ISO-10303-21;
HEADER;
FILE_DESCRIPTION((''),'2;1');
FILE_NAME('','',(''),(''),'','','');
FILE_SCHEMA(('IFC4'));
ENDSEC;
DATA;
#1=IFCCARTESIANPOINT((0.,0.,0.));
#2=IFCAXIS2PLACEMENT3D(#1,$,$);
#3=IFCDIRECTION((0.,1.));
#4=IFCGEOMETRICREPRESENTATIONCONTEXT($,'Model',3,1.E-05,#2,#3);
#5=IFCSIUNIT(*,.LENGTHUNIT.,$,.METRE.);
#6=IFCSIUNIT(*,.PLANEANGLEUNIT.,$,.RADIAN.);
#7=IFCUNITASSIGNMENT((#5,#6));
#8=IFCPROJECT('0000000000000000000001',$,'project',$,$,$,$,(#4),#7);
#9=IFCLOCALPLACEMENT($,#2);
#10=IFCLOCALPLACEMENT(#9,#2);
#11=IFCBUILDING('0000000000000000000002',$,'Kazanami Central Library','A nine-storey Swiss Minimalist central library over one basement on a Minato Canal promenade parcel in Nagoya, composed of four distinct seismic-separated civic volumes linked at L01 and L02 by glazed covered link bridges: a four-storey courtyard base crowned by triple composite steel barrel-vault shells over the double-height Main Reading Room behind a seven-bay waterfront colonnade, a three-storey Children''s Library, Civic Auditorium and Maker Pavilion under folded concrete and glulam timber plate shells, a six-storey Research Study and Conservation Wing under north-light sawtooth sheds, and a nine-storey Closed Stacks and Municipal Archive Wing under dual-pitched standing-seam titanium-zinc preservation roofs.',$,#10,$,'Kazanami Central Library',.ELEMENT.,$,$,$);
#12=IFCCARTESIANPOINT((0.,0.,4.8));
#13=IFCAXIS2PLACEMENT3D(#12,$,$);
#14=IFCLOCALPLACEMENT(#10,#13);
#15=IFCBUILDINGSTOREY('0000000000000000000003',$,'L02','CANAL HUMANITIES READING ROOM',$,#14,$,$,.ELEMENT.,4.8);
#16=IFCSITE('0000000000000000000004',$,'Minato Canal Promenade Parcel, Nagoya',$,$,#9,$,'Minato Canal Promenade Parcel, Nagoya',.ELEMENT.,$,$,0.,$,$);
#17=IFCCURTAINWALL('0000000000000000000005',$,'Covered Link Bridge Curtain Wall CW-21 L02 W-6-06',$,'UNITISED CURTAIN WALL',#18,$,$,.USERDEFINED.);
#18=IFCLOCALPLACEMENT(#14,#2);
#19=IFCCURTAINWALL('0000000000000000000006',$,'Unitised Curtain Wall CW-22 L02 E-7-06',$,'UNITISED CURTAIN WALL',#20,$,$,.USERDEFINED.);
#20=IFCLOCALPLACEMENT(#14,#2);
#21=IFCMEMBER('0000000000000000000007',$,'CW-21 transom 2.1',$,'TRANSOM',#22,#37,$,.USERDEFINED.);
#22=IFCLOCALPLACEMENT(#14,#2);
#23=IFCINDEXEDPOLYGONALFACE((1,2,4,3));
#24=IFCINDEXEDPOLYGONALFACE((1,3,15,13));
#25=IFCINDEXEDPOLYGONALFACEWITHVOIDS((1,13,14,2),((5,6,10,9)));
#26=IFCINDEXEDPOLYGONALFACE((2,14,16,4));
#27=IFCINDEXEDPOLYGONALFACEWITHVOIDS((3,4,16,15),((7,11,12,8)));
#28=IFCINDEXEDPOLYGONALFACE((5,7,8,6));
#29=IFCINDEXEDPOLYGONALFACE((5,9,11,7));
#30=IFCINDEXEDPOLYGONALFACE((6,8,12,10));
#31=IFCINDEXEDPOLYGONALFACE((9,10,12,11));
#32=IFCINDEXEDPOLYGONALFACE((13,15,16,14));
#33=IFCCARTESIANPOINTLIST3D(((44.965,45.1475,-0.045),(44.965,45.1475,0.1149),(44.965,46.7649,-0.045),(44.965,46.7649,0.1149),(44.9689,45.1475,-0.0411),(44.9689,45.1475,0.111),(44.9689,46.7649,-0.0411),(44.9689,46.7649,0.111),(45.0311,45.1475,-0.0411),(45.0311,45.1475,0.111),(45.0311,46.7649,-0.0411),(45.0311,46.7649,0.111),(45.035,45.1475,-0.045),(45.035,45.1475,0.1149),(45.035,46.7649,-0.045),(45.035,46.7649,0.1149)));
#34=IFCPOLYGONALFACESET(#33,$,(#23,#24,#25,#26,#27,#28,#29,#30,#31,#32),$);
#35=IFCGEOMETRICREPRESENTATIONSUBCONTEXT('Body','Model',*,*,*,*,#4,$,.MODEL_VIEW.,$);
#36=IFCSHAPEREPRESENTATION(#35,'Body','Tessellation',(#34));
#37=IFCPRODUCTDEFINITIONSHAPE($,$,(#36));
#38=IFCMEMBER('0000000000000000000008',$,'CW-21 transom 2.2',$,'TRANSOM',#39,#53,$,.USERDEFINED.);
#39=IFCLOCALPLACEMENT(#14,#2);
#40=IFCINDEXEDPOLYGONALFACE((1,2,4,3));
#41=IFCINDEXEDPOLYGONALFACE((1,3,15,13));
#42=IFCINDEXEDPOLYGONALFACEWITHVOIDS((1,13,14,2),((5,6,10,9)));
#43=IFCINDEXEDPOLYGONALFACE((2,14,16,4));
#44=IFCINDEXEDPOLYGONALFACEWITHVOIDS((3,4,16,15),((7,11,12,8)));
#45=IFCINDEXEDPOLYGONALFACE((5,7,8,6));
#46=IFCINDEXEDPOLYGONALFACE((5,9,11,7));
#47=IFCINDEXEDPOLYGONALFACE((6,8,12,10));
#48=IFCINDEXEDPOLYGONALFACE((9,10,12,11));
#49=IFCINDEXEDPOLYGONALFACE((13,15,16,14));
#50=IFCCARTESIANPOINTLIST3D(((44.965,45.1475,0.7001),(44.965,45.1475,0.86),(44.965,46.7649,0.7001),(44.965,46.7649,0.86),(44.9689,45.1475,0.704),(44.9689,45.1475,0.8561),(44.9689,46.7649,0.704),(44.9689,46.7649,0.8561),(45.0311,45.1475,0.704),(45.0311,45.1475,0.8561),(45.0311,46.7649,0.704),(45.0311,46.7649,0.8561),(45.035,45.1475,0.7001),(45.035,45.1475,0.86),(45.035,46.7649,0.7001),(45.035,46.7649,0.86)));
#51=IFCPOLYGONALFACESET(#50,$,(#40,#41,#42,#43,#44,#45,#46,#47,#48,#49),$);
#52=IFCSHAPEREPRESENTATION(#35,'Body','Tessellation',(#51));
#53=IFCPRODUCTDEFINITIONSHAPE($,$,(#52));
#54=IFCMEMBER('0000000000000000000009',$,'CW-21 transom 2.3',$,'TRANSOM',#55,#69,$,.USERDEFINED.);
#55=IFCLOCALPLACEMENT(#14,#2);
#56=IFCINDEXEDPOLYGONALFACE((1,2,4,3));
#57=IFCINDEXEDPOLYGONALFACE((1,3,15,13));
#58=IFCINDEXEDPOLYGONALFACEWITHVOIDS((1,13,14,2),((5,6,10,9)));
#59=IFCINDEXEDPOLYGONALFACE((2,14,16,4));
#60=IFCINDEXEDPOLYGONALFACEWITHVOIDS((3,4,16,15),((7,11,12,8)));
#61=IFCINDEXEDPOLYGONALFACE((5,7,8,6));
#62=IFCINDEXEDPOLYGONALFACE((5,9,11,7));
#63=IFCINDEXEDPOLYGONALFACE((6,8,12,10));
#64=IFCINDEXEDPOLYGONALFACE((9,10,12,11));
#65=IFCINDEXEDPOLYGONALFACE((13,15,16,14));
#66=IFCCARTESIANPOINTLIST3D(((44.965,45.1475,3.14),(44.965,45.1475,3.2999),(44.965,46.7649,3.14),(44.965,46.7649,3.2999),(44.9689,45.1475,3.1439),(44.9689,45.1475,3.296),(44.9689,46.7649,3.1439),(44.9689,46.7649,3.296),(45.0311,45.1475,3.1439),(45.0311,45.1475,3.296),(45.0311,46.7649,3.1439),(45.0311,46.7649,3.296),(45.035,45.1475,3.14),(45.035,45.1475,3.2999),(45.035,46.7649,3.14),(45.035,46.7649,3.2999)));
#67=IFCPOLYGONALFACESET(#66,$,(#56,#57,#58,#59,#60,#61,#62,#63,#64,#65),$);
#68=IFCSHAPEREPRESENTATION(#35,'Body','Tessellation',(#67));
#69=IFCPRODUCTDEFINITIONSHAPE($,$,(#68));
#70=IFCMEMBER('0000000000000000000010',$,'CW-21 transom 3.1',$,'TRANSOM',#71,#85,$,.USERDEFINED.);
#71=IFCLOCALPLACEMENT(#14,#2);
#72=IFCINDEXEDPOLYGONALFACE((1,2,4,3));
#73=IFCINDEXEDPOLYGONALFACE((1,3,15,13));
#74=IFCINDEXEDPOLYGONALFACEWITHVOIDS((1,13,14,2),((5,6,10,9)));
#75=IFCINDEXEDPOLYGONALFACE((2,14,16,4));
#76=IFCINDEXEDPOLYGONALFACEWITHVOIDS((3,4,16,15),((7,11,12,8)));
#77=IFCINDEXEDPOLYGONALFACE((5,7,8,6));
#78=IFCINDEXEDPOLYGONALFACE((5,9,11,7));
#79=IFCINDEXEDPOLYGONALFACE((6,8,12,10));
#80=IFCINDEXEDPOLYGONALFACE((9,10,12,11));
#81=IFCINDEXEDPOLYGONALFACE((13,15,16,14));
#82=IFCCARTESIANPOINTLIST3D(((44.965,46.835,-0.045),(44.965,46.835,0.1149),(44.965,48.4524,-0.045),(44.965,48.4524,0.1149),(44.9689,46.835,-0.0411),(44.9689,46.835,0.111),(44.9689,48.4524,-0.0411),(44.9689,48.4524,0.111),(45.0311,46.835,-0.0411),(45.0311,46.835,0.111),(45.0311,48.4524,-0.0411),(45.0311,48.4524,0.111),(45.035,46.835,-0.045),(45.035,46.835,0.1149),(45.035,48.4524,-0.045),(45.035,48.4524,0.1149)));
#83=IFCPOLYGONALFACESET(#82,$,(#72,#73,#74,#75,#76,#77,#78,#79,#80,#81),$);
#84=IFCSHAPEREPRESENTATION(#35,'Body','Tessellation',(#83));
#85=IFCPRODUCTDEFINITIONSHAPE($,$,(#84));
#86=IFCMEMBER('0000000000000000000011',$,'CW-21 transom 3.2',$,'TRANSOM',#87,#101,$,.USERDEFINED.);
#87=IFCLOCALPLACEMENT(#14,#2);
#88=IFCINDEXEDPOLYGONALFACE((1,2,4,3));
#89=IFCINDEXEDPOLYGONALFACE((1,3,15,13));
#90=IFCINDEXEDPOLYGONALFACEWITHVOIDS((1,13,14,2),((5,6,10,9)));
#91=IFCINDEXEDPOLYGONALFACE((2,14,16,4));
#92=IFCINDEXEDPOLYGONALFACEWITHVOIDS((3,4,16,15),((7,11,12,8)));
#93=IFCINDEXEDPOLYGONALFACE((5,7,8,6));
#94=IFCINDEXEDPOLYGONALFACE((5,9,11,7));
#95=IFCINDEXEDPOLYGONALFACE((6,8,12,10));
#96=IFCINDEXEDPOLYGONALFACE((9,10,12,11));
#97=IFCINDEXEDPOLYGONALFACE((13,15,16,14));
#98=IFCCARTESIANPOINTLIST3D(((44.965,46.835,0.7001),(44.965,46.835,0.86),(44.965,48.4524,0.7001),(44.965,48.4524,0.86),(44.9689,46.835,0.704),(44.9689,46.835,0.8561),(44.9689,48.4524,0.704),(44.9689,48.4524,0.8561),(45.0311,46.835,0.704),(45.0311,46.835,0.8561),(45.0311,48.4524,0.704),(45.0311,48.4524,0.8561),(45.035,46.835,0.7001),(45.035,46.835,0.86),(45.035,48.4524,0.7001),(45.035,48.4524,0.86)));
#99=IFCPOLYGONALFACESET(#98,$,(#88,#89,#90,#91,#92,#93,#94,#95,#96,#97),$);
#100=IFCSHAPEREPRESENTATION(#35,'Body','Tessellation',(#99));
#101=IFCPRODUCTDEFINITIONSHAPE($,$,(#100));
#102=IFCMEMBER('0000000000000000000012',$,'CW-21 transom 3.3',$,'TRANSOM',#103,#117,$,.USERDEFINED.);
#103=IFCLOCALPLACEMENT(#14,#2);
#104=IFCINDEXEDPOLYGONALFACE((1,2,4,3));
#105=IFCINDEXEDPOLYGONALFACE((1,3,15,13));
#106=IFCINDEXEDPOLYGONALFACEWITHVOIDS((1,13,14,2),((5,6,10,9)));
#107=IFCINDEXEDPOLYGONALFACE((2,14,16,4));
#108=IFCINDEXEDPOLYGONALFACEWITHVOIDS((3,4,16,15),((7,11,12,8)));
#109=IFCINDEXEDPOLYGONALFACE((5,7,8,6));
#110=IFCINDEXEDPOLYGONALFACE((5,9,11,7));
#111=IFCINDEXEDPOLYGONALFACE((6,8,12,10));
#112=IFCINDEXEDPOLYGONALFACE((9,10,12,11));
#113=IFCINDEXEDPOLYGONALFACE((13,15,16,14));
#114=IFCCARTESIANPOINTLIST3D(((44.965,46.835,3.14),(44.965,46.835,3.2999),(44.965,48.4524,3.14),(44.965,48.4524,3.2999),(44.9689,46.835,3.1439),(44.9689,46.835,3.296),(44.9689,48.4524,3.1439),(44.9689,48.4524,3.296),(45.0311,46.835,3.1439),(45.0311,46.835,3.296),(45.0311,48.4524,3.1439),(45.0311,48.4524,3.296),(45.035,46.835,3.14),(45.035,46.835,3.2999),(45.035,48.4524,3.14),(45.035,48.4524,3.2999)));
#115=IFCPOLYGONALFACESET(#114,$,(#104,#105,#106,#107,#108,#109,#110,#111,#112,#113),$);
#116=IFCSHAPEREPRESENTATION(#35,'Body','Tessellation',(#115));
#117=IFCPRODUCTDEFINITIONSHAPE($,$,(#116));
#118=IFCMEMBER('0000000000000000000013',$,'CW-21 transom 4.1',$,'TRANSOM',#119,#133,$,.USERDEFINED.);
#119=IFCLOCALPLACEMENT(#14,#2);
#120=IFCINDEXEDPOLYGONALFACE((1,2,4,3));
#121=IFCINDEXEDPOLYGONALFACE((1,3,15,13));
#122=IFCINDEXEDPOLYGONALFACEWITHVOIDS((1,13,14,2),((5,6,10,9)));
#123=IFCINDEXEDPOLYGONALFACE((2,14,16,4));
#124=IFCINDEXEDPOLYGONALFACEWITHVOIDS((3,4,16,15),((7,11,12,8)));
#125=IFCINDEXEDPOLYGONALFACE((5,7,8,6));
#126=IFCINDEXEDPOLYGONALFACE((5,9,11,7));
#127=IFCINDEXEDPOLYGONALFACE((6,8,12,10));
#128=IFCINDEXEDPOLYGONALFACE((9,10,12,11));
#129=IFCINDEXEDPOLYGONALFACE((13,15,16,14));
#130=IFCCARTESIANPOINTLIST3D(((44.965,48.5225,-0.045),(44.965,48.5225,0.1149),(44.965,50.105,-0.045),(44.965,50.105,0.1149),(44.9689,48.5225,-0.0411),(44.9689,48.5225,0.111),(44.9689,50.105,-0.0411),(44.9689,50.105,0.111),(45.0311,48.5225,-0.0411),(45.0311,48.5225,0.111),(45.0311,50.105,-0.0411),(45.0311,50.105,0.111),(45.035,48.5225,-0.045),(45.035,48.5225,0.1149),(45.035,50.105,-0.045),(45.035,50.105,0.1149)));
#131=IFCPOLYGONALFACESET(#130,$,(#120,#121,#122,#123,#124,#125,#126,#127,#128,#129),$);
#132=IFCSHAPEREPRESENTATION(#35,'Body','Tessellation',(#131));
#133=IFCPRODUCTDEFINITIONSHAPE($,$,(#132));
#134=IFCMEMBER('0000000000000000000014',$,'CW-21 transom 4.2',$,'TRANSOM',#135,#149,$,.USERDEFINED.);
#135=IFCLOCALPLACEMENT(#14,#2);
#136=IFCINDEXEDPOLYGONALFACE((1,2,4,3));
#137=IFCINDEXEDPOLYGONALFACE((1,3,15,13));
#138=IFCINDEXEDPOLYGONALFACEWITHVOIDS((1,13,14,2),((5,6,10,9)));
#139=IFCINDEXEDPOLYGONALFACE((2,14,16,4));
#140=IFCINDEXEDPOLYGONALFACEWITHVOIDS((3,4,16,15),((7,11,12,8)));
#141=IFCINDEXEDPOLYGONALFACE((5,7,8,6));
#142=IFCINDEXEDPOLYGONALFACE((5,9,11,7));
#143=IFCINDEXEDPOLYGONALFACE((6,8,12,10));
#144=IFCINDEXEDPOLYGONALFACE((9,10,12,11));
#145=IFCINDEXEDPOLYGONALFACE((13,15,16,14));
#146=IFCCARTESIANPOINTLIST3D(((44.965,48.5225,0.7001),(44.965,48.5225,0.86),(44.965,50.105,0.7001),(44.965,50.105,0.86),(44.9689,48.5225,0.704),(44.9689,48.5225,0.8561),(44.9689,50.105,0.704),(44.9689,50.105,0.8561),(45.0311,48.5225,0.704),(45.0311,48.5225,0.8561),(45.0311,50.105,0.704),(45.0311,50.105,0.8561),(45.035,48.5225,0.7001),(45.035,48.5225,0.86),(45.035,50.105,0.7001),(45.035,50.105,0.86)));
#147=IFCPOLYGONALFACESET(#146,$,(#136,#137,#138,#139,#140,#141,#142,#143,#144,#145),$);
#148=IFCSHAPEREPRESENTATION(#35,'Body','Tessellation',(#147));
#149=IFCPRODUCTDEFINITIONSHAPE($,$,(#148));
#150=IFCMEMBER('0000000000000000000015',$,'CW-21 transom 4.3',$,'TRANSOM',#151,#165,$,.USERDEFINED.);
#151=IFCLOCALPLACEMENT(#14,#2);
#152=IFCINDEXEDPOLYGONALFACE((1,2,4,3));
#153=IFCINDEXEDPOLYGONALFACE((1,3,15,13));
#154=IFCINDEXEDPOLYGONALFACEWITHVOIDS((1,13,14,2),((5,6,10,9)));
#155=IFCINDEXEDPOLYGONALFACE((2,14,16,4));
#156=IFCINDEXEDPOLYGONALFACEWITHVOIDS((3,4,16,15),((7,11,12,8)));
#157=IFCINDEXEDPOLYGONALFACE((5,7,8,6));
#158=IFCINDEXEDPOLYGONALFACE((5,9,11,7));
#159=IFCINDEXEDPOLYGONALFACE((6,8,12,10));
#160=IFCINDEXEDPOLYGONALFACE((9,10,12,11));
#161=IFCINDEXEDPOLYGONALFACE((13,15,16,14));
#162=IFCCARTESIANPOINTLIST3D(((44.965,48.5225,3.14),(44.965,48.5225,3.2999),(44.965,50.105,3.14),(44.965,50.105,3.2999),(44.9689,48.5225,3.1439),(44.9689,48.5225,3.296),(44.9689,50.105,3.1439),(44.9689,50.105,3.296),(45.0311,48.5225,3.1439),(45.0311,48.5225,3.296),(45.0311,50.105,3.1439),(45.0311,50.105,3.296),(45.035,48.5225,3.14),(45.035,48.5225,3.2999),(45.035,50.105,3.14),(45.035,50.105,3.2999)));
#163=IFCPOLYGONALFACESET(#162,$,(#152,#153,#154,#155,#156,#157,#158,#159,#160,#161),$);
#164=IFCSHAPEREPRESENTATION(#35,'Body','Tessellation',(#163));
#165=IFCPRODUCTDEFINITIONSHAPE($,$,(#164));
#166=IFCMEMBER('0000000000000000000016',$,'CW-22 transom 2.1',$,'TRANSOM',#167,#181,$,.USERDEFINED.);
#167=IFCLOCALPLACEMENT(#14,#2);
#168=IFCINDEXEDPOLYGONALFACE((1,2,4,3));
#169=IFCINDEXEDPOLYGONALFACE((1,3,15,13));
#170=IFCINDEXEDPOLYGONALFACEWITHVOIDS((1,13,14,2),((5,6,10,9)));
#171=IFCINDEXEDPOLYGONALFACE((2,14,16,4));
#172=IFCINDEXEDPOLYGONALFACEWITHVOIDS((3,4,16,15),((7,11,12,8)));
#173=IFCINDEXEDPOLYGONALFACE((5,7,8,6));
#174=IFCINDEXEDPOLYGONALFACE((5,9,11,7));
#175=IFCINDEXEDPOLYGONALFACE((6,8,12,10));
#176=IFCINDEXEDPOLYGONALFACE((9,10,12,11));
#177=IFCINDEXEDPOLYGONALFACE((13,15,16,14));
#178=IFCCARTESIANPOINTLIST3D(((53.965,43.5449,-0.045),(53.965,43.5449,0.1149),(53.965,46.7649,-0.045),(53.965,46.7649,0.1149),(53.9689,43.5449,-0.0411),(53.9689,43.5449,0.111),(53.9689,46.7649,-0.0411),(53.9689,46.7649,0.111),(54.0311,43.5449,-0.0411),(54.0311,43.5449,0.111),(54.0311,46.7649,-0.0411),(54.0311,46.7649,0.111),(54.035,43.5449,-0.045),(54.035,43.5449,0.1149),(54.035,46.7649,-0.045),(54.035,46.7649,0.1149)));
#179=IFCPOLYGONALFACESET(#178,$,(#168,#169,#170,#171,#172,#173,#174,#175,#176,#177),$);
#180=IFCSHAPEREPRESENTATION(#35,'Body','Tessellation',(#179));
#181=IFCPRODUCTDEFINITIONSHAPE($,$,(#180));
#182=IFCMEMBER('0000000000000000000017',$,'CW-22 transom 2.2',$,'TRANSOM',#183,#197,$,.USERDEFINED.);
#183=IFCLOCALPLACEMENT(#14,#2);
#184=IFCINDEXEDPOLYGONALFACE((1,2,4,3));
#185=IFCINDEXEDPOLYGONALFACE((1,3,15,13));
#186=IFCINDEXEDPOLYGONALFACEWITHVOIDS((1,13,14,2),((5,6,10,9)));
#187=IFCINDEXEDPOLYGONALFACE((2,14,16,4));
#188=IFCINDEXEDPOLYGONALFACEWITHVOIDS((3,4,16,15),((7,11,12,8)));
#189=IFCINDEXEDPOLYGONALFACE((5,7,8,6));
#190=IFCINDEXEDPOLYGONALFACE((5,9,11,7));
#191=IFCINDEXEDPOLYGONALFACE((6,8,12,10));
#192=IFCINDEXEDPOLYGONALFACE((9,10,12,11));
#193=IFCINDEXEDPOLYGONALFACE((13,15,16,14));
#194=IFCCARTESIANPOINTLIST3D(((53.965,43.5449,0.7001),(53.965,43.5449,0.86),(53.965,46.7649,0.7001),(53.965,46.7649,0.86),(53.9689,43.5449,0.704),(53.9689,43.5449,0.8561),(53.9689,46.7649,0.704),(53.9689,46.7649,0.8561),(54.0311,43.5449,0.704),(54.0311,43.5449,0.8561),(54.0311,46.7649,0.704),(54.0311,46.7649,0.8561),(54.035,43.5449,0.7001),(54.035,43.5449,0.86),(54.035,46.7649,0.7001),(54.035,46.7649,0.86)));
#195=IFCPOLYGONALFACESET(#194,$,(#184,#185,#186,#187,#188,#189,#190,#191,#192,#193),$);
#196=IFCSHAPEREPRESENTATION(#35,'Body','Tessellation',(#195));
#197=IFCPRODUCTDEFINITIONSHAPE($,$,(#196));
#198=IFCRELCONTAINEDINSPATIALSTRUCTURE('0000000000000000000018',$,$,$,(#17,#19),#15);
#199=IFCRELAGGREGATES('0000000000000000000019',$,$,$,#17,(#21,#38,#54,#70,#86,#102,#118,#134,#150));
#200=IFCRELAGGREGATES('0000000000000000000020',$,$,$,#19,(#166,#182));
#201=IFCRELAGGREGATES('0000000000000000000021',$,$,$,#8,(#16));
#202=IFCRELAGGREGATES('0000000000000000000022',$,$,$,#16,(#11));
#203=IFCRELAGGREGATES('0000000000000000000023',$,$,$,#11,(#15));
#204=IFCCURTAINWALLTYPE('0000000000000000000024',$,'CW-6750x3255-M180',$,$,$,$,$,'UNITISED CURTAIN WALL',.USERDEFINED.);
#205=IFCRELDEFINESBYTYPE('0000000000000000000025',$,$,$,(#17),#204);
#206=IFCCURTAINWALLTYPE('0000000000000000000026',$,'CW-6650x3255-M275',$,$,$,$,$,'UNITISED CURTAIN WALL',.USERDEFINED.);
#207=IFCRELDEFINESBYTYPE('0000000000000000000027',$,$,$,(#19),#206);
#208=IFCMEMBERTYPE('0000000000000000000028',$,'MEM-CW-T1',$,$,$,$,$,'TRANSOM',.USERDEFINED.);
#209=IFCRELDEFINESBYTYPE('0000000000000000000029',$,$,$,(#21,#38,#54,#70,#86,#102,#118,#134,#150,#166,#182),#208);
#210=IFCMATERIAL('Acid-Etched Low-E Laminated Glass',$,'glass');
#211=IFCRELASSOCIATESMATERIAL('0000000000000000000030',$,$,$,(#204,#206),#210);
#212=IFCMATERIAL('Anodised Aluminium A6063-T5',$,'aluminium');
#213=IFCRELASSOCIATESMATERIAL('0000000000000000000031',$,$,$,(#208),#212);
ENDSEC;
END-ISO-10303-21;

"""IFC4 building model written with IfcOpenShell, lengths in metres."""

from ifc_helpers import new_model, si_unit, direction, frame, origin, origin_2d, place, context, subcontext, project, spatial, hollow_rectangle, extrude, material, material_profile, profile_set, type_object, element, aggregate, save


model = new_model("IFC4")

# Units and contexts
model_context = context("Model", 3, precision=1e-05, world=origin(), true_north=direction((0.0, 1.0)))
body_context = subcontext(model_context, "Body", "Model", "MODEL_VIEW")
ifc_project = project(units=[si_unit("LENGTHUNIT", "METRE"), si_unit("PLANEANGLEUNIT", "RADIAN")], contexts=[model_context])

# Site, building, storey
site_placement = place(None, origin())
site = spatial("IfcSite", under=ifc_project, at=site_placement, Name="Minato Canal Promenade Parcel, Nagoya", LongName="Minato Canal Promenade Parcel, Nagoya", CompositionType="ELEMENT", RefElevation=0.0)
building_placement = place(site_placement, origin())
building = spatial("IfcBuilding", under=site, at=building_placement, Name="Kazanami Central Library", Description="A nine-storey Swiss Minimalist central library over one basement on a Minato Canal promenade parcel in Nagoya, composed of four distinct seismic-separated civic volumes linked at L01 and L02 by glazed covered link bridges: a four-storey courtyard base crowned by triple composite steel barrel-vault shells over the double-height Main Reading Room behind a seven-bay waterfront colonnade, a three-storey Children's Library, Civic Auditorium and Maker Pavilion under folded concrete and glulam timber plate shells, a six-storey Research Study and Conservation Wing under north-light sawtooth sheds, and a nine-storey Closed Stacks and Municipal Archive Wing under dual-pitched standing-seam titanium-zinc preservation roofs.", LongName="Kazanami Central Library", CompositionType="ELEMENT")
storey_placement = place(building_placement, frame((0.0, 0.0, 4.8)))
storey = spatial("IfcBuildingStorey", under=building, at=storey_placement, Name="L02", Description="CANAL HUMANITIES READING ROOM", CompositionType="ELEMENT", Elevation=4.8)

# Curtain walls
ifc_material_1 = material(Name="Acid-Etched Low-E Laminated Glass", Category="glass")
curtain_wall_type_1 = type_object("IfcCurtainWallType", Name="CW-6750x3255-M180", ElementType="UNITISED CURTAIN WALL", PredefinedType="USERDEFINED", material=ifc_material_1)
curtain_wall_1_placement = place(storey_placement, origin())
curtain_wall_1 = element("IfcCurtainWall", 1, at=curtain_wall_1_placement, inside=storey, type_object=curtain_wall_type_1, Name="Covered Link Bridge Curtain Wall CW-21 L02 W-6-06", ObjectType="UNITISED CURTAIN WALL", PredefinedType="USERDEFINED")
ifc_material_2 = material(Name="Anodised Aluminium A6063-T5", Category="aluminium")
curtain_wall_type_2 = type_object("IfcCurtainWallType", Name="CW-6650x3255-M275", ElementType="UNITISED CURTAIN WALL", PredefinedType="USERDEFINED", material=ifc_material_1)
curtain_wall_2_placement = place(storey_placement, origin())
curtain_wall_2 = element("IfcCurtainWall", 2, at=curtain_wall_2_placement, inside=storey, type_object=curtain_wall_type_2, Name="Unitised Curtain Wall CW-22 L02 E-7-06", ObjectType="UNITISED CURTAIN WALL", PredefinedType="USERDEFINED")

# Members
ifc_material_profile_1 = material_profile(ifc_material_2, hollow_rectangle(XDim=0.0701, YDim=0.1599, WallThickness=0.0039, at=origin_2d()), Name="ALU-TRAN-70x160x4")
ifc_profile_set_1 = profile_set([ifc_material_profile_1], Name="Anodised Aluminium A6063-T5")
member_type_1 = type_object("IfcMemberType", Name="MEM-CW-T1", ElementType="TRANSOM", PredefinedType="USERDEFINED", material=ifc_profile_set_1)
member_1_placement = place(storey_placement, frame((45.0, 45.1475, 0.0349), z_axis=(0.0, 1.0, 0.0), x_axis=(-1.0, 0.0, 0.0)))
member_1 = element("IfcMember", 3, at=member_1_placement, type_object=member_type_1, Name="CW-21 transom 2.1", ObjectType="TRANSOM", PredefinedType="USERDEFINED", context=body_context, shape_type="SweptSolid", body=[
    extrude(hollow_rectangle(XDim=0.0701, YDim=0.1599, WallThickness=0.0039, at=origin_2d()), origin(), (0.0, 0.0, 1.0), 1.6174),
])
member_2_placement = place(storey_placement, frame((45.0, 45.1475, 0.78), z_axis=(0.0, 1.0, 0.0), x_axis=(-1.0, 0.0, 0.0)))
member_2 = element("IfcMember", 4, at=member_2_placement, type_object=member_type_1, Name="CW-21 transom 2.2", ObjectType="TRANSOM", PredefinedType="USERDEFINED", context=body_context, shape_type="SweptSolid", body=[
    extrude(hollow_rectangle(XDim=0.0701, YDim=0.1599, WallThickness=0.0039, at=origin_2d()), origin(), (0.0, 0.0, 1.0), 1.6174),
])
member_3_placement = place(storey_placement, frame((45.0, 45.1475, 3.22), z_axis=(0.0, 1.0, 0.0), x_axis=(-1.0, 0.0, 0.0)))
member_3 = element("IfcMember", 5, at=member_3_placement, type_object=member_type_1, Name="CW-21 transom 2.3", ObjectType="TRANSOM", PredefinedType="USERDEFINED", context=body_context, shape_type="SweptSolid", body=[
    extrude(hollow_rectangle(XDim=0.0701, YDim=0.1599, WallThickness=0.0039, at=origin_2d()), origin(), (0.0, 0.0, 1.0), 1.6174),
])
member_4_placement = place(storey_placement, frame((45.0, 46.835, 0.0349), z_axis=(0.0, 1.0, 0.0), x_axis=(-1.0, 0.0, 0.0)))
member_4 = element("IfcMember", 6, at=member_4_placement, type_object=member_type_1, Name="CW-21 transom 3.1", ObjectType="TRANSOM", PredefinedType="USERDEFINED", context=body_context, shape_type="SweptSolid", body=[
    extrude(hollow_rectangle(XDim=0.0701, YDim=0.1599, WallThickness=0.0039, at=origin_2d()), origin(), (0.0, 0.0, 1.0), 1.6174),
])
member_5_placement = place(storey_placement, frame((45.0, 46.835, 0.78), z_axis=(0.0, 1.0, 0.0), x_axis=(-1.0, 0.0, 0.0)))
member_5 = element("IfcMember", 7, at=member_5_placement, type_object=member_type_1, Name="CW-21 transom 3.2", ObjectType="TRANSOM", PredefinedType="USERDEFINED", context=body_context, shape_type="SweptSolid", body=[
    extrude(hollow_rectangle(XDim=0.0701, YDim=0.1599, WallThickness=0.0039, at=origin_2d()), origin(), (0.0, 0.0, 1.0), 1.6174),
])
member_6_placement = place(storey_placement, frame((45.0, 46.835, 3.22), z_axis=(0.0, 1.0, 0.0), x_axis=(-1.0, 0.0, 0.0)))
member_6 = element("IfcMember", 8, at=member_6_placement, type_object=member_type_1, Name="CW-21 transom 3.3", ObjectType="TRANSOM", PredefinedType="USERDEFINED", context=body_context, shape_type="SweptSolid", body=[
    extrude(hollow_rectangle(XDim=0.0701, YDim=0.1599, WallThickness=0.0039, at=origin_2d()), origin(), (0.0, 0.0, 1.0), 1.6174),
])
member_7_placement = place(storey_placement, frame((45.0, 48.5225, 0.0349), z_axis=(0.0, 1.0, 0.0), x_axis=(-1.0, 0.0, 0.0)))
member_7 = element("IfcMember", 9, at=member_7_placement, type_object=member_type_1, Name="CW-21 transom 4.1", ObjectType="TRANSOM", PredefinedType="USERDEFINED", context=body_context, shape_type="SweptSolid", body=[
    extrude(hollow_rectangle(XDim=0.0701, YDim=0.1599, WallThickness=0.0039, at=origin_2d()), origin(), (0.0, 0.0, 1.0), 1.5825),
])
member_8_placement = place(storey_placement, frame((45.0, 48.5225, 0.78), z_axis=(0.0, 1.0, 0.0), x_axis=(-1.0, 0.0, 0.0)))
member_8 = element("IfcMember", 10, at=member_8_placement, type_object=member_type_1, Name="CW-21 transom 4.2", ObjectType="TRANSOM", PredefinedType="USERDEFINED", context=body_context, shape_type="SweptSolid", body=[
    extrude(hollow_rectangle(XDim=0.0701, YDim=0.1599, WallThickness=0.0039, at=origin_2d()), origin(), (0.0, 0.0, 1.0), 1.5825),
])
member_9_placement = place(storey_placement, frame((45.0, 48.5225, 3.22), z_axis=(0.0, 1.0, 0.0), x_axis=(-1.0, 0.0, 0.0)))
member_9 = element("IfcMember", 11, at=member_9_placement, type_object=member_type_1, Name="CW-21 transom 4.3", ObjectType="TRANSOM", PredefinedType="USERDEFINED", context=body_context, shape_type="SweptSolid", body=[
    extrude(hollow_rectangle(XDim=0.0701, YDim=0.1599, WallThickness=0.0039, at=origin_2d()), origin(), (0.0, 0.0, 1.0), 1.5825),
])
member_10_placement = place(storey_placement, frame((54.0, 46.7649, 0.0349), z_axis=(0.0, -1.0, 0.0), x_axis=(1.0, 0.0, 0.0)))
member_10 = element("IfcMember", 12, at=member_10_placement, type_object=member_type_1, Name="CW-22 transom 2.1", ObjectType="TRANSOM", PredefinedType="USERDEFINED", context=body_context, shape_type="SweptSolid", body=[
    extrude(hollow_rectangle(XDim=0.0701, YDim=0.1599, WallThickness=0.0039, at=origin_2d()), origin(), (0.0, 0.0, 1.0), 3.22),
])
member_11_placement = place(storey_placement, frame((54.0, 46.7649, 0.78), z_axis=(0.0, -1.0, 0.0), x_axis=(1.0, 0.0, 0.0)))
member_11 = element("IfcMember", 13, at=member_11_placement, type_object=member_type_1, Name="CW-22 transom 2.2", ObjectType="TRANSOM", PredefinedType="USERDEFINED", context=body_context, shape_type="SweptSolid", body=[
    extrude(hollow_rectangle(XDim=0.0701, YDim=0.1599, WallThickness=0.0039, at=origin_2d()), origin(), (0.0, 0.0, 1.0), 3.22),
])

aggregate(curtain_wall_1, [member_1, member_2, member_3, member_4, member_5, member_6, member_7, member_8, member_9])
aggregate(curtain_wall_2, [member_10, member_11])

save(model, "model.ifc")
